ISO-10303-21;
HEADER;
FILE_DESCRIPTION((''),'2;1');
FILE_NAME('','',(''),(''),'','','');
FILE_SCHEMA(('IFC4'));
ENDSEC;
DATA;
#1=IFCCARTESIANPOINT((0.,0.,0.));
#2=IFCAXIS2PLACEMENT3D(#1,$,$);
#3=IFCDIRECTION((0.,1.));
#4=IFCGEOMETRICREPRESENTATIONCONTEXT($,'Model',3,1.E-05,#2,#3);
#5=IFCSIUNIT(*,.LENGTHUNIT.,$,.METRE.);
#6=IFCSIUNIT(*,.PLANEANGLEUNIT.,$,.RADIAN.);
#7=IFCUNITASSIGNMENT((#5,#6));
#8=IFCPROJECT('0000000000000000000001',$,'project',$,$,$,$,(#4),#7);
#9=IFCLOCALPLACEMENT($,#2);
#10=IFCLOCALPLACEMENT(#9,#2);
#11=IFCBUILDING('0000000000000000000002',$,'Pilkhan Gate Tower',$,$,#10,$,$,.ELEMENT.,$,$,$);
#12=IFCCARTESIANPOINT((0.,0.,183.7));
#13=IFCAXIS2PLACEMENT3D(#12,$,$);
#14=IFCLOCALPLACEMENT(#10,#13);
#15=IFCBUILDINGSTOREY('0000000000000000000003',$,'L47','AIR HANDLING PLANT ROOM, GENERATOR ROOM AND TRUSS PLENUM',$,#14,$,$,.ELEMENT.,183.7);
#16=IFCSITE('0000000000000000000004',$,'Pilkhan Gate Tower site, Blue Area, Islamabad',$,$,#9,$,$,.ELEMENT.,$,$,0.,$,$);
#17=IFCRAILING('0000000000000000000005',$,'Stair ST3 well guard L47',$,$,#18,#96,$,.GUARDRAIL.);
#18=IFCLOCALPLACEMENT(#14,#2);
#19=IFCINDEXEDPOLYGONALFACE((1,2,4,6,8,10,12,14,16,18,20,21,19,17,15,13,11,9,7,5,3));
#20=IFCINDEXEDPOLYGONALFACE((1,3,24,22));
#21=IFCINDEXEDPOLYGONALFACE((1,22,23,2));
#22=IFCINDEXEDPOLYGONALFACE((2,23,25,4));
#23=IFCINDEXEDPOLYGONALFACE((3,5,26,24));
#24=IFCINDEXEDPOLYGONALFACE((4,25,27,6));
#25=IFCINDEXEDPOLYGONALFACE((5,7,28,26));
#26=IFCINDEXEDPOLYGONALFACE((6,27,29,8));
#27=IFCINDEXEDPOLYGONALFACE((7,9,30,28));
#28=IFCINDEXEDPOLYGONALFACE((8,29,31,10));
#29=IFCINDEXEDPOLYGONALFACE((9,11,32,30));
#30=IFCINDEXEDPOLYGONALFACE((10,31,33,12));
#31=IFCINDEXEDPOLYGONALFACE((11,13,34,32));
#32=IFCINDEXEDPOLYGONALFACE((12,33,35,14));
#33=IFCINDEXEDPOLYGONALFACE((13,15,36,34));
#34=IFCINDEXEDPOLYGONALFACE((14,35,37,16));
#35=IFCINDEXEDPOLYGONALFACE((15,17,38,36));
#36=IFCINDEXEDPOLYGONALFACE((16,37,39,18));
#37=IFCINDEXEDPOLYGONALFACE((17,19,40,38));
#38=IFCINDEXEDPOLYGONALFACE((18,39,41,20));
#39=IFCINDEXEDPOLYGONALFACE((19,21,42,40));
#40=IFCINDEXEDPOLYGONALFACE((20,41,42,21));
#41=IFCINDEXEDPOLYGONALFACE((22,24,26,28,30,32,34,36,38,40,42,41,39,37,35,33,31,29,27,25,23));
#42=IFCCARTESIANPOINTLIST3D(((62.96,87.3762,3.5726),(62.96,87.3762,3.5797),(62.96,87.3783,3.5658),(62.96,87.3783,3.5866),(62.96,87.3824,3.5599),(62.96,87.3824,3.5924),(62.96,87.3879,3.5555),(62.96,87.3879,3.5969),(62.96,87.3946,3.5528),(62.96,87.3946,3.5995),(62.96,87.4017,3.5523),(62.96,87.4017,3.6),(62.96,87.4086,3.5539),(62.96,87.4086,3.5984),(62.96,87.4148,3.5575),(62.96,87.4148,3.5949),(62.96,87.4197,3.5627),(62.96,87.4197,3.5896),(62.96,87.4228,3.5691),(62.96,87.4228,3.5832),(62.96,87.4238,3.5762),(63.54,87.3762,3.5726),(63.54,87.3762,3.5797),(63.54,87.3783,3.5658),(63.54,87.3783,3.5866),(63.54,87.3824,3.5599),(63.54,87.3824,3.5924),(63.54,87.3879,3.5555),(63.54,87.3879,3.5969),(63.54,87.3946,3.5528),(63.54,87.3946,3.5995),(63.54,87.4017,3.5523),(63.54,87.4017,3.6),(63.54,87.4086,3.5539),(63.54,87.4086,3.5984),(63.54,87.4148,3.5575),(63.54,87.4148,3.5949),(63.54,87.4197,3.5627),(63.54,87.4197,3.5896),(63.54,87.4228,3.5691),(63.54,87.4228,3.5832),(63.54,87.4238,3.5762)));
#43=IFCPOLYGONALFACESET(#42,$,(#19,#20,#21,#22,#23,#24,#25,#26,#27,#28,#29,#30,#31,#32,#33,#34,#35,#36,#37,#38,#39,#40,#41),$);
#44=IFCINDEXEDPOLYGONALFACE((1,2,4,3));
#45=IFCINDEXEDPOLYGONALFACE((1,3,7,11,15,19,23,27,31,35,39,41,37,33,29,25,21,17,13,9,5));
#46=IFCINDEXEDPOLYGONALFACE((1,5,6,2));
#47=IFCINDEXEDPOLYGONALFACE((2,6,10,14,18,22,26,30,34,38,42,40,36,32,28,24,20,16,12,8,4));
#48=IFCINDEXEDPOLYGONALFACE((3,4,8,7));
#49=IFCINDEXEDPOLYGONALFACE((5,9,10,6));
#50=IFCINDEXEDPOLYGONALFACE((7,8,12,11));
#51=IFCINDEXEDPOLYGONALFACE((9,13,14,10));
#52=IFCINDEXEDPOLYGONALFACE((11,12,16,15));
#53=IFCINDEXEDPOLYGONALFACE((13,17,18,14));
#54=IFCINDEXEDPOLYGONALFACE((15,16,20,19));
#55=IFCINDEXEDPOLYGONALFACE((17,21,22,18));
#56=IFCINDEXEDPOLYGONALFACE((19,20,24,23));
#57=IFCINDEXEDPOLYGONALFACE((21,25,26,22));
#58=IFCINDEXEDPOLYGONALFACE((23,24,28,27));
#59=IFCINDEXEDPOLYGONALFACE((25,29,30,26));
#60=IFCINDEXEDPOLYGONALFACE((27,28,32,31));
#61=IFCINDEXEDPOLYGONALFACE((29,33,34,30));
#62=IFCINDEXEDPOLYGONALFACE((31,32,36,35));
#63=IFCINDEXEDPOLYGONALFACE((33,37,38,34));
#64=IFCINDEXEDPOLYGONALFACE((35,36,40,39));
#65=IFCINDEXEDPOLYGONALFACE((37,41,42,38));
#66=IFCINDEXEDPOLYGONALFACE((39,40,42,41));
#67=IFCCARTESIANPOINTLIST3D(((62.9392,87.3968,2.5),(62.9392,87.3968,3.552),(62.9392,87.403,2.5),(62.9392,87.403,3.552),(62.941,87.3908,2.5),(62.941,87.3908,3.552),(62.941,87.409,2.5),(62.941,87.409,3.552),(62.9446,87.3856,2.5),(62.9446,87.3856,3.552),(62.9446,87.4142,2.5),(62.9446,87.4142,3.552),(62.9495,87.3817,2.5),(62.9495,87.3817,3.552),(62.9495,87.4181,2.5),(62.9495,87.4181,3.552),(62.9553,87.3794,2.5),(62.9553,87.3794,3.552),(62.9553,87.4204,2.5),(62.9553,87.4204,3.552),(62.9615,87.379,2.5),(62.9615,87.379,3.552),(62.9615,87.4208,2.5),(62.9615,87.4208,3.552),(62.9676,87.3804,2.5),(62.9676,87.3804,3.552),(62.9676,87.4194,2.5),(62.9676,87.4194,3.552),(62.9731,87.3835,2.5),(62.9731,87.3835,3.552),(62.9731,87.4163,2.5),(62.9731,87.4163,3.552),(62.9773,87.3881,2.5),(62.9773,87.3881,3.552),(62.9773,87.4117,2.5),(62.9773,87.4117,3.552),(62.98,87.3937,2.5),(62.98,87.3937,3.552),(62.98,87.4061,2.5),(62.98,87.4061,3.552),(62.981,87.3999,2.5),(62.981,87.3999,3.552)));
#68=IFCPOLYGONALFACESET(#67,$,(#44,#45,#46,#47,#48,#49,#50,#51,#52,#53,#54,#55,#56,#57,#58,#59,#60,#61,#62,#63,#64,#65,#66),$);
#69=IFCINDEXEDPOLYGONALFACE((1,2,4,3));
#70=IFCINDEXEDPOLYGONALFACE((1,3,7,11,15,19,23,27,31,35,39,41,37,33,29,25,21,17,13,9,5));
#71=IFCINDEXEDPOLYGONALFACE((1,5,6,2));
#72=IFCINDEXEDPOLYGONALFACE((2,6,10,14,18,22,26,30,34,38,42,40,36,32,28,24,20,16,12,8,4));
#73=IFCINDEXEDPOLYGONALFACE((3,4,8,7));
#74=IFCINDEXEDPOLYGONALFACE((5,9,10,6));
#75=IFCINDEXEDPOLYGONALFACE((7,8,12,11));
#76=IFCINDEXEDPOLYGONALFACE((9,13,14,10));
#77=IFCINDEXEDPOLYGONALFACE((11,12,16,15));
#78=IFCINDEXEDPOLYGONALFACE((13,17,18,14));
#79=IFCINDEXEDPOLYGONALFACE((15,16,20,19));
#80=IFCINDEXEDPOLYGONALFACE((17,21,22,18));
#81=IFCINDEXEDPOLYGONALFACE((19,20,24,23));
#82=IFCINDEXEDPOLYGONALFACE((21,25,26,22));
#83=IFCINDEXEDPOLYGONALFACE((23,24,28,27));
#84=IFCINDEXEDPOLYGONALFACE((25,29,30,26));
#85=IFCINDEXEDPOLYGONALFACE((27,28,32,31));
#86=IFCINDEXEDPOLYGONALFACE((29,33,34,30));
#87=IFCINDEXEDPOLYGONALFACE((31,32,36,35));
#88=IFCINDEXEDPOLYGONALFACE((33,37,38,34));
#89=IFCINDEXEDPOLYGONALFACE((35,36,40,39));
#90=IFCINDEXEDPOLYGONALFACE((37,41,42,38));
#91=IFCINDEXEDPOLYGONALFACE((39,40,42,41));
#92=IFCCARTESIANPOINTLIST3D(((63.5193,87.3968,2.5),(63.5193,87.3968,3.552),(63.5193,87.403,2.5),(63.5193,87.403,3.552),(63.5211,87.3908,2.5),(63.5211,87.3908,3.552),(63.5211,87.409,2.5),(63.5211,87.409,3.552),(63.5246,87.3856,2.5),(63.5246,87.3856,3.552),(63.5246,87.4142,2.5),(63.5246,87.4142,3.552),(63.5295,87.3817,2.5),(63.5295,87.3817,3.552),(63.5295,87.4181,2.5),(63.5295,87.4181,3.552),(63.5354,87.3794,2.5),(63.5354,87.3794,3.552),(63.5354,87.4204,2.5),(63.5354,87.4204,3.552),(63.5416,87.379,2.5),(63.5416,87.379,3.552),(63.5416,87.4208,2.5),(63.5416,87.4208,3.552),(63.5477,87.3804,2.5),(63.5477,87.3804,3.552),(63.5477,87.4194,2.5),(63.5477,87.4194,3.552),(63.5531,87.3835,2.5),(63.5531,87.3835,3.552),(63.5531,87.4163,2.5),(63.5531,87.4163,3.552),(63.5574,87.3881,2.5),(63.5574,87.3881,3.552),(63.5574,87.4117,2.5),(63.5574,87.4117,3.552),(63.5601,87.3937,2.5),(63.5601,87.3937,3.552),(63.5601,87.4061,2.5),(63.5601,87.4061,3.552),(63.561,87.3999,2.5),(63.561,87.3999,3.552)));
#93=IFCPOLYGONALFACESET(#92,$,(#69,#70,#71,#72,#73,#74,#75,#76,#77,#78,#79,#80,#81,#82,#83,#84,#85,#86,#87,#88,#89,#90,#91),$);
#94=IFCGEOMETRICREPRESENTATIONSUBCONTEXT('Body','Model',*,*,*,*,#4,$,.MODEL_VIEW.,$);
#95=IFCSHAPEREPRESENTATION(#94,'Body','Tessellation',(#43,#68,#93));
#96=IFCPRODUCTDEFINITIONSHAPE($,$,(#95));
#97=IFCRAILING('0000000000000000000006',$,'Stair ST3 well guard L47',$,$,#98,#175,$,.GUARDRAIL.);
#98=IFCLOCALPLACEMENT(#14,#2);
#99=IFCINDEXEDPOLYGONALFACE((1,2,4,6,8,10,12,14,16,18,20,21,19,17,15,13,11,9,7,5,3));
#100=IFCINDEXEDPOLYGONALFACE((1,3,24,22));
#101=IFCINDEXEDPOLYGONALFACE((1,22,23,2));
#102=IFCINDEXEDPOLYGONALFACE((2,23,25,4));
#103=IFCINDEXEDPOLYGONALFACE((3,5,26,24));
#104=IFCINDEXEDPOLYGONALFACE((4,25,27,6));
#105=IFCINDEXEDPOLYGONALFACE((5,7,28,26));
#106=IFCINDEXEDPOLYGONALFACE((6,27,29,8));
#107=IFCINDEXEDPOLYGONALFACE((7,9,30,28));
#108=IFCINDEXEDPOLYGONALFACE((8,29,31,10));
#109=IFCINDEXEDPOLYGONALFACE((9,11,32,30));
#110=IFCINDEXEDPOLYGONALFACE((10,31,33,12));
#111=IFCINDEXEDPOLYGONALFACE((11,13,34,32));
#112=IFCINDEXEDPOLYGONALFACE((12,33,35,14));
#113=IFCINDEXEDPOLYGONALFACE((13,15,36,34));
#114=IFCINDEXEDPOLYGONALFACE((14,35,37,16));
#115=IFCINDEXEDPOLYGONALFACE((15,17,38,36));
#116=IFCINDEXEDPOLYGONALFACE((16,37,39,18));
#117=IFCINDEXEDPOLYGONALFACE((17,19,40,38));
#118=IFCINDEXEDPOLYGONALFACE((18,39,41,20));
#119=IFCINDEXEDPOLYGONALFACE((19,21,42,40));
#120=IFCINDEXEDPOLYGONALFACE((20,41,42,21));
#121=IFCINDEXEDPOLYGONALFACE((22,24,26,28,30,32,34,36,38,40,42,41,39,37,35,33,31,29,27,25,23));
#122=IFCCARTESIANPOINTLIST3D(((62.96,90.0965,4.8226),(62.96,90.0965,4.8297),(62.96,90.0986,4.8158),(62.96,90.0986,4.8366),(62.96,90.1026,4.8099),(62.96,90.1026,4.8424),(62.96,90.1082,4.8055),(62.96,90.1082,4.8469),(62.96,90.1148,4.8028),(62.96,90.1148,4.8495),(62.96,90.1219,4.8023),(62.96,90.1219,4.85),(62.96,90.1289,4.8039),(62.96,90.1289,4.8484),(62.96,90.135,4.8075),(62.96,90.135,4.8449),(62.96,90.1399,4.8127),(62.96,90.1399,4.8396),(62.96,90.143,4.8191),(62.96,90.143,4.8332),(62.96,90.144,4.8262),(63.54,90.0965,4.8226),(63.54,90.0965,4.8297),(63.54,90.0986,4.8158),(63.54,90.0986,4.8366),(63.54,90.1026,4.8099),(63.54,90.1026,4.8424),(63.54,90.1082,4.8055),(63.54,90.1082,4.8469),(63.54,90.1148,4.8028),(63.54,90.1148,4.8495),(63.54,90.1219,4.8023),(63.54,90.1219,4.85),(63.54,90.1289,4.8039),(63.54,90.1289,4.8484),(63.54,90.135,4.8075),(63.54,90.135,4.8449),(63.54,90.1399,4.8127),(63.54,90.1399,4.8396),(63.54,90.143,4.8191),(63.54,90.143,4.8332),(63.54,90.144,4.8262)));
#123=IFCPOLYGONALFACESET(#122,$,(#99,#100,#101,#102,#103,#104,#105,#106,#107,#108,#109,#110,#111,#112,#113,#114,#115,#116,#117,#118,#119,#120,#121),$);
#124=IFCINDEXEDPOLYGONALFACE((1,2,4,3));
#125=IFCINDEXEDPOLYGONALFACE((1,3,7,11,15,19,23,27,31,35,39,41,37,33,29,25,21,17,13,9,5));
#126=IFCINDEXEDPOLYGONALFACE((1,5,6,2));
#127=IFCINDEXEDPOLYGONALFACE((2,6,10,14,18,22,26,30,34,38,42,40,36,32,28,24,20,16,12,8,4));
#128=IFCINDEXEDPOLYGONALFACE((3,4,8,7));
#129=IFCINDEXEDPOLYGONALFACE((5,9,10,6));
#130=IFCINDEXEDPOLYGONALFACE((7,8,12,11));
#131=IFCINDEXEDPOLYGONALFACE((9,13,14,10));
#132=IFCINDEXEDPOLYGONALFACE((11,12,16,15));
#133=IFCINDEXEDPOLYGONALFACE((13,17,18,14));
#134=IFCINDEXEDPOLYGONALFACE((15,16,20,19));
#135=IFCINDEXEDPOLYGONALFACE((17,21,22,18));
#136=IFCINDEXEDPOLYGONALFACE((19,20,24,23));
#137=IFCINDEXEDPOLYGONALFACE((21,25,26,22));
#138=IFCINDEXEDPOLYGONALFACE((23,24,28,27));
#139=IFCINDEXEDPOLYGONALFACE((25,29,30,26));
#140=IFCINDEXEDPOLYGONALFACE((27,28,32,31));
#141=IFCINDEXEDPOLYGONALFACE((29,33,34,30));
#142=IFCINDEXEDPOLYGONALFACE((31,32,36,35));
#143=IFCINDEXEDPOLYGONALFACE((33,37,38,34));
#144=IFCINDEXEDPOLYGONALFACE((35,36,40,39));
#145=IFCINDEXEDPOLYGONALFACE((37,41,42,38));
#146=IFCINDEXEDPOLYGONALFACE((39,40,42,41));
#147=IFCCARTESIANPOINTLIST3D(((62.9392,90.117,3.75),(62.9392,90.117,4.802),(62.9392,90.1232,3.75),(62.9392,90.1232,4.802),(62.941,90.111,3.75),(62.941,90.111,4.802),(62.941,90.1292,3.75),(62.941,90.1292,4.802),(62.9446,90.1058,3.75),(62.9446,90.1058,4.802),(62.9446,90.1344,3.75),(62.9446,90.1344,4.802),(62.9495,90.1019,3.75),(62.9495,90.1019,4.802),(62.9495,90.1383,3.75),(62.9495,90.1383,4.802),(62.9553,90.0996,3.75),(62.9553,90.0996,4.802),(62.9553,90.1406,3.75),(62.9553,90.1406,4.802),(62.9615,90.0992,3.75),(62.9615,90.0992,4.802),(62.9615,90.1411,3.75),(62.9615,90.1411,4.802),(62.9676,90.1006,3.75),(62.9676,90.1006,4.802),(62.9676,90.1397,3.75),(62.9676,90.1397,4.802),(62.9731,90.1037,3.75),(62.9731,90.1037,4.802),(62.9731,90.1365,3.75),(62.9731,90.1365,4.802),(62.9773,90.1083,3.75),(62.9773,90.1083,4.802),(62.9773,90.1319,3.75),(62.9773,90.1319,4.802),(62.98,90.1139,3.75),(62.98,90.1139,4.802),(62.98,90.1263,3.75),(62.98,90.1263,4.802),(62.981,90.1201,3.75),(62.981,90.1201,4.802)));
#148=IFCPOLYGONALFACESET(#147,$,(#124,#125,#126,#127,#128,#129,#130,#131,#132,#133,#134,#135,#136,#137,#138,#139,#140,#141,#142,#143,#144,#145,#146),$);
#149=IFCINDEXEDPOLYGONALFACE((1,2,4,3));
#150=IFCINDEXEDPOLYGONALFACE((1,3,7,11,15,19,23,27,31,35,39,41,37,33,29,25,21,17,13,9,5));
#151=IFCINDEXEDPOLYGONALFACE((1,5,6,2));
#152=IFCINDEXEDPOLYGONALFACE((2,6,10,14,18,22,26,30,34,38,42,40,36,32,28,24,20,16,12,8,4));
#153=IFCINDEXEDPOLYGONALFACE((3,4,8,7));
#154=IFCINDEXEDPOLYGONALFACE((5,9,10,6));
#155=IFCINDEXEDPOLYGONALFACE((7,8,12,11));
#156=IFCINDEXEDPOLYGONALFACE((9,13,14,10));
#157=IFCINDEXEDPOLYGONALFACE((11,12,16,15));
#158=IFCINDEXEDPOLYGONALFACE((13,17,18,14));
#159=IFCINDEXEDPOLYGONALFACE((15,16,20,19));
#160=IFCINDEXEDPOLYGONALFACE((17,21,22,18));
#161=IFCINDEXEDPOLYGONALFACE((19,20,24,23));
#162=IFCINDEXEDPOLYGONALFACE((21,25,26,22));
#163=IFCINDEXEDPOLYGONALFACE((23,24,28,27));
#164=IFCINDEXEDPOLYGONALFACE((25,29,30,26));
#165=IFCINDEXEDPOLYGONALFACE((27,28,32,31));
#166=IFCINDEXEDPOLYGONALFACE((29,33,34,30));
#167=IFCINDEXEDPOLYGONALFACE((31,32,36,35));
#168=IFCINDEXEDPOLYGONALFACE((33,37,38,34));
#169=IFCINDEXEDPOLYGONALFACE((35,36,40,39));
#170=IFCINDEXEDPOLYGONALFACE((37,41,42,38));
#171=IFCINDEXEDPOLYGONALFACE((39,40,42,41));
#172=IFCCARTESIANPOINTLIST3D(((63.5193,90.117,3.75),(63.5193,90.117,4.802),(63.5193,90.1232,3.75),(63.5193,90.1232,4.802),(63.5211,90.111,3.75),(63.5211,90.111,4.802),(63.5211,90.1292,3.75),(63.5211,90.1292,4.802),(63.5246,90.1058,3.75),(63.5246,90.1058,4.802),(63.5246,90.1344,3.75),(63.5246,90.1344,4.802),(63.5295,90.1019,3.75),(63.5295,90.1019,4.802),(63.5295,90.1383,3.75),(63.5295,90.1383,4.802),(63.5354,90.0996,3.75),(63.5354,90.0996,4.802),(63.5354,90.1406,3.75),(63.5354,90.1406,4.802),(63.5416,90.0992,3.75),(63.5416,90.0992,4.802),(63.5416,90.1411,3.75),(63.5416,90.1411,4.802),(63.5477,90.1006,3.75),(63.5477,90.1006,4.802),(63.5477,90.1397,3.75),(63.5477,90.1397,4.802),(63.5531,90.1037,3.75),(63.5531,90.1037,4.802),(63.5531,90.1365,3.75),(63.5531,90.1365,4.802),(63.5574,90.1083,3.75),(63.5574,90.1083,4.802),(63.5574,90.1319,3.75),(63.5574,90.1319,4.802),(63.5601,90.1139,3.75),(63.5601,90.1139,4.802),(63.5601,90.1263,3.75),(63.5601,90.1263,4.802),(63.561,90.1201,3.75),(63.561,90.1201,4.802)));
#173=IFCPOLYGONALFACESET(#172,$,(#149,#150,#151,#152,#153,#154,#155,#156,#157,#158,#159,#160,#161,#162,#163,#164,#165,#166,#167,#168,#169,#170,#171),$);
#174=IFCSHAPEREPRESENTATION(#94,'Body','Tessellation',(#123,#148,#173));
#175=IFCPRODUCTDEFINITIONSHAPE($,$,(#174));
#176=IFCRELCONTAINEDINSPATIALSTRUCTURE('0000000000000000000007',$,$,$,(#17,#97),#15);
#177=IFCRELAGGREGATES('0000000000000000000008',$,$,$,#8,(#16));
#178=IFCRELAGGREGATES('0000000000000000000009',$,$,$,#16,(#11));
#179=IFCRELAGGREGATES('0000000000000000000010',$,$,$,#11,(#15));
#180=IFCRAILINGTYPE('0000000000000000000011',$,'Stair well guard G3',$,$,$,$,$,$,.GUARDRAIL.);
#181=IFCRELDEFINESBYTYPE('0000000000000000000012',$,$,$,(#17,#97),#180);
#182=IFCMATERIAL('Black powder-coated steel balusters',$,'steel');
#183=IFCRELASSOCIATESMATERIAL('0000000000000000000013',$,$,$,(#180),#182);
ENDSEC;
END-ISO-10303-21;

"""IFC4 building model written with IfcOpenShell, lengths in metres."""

from ifc_helpers import new_model, si_unit, direction, frame, origin, origin_2d, place, context, subcontext, project, spatial, circle, extrude, material, type_object, element, save


model = new_model("IFC4")

# Units and contexts
model_context = context("Model", 3, precision=1e-05, world=origin(), true_north=direction((0.0, 1.0)))
body_context = subcontext(model_context, "Body", "Model", "MODEL_VIEW")
ifc_project = project(units=[si_unit("LENGTHUNIT", "METRE"), si_unit("PLANEANGLEUNIT", "RADIAN")], contexts=[model_context])

# Site, building, storey
site_placement = place(None, origin())
site = spatial("IfcSite", under=ifc_project, at=site_placement, Name="Pilkhan Gate Tower site, Blue Area, Islamabad", CompositionType="ELEMENT", RefElevation=0.0)
building_placement = place(site_placement, origin())
building = spatial("IfcBuilding", under=site, at=building_placement, Name="Pilkhan Gate Tower", CompositionType="ELEMENT")
storey_placement = place(building_placement, frame((0.0, 0.0, 183.7)))
storey = spatial("IfcBuildingStorey", under=building, at=storey_placement, Name="L47", Description="AIR HANDLING PLANT ROOM, GENERATOR ROOM AND TRUSS PLENUM", CompositionType="ELEMENT", Elevation=183.7)

# Railings
ifc_material_1 = material(Name="Black powder-coated steel balusters", Category="steel")
railing_type_1 = type_object("IfcRailingType", Name="Stair well guard G3", PredefinedType="GUARDRAIL", material=ifc_material_1)
for number, where, name in (
    (1, (62.96, 87.3999, 2.5), "Stair ST3 well guard L47"),
    (2, (62.96, 90.1201, 3.75), "Stair ST3 well guard L47"),
):
    element("IfcRailing", number, at=place(storey_placement, frame(where)), inside=storey, type_object=railing_type_1, Name=name, PredefinedType="GUARDRAIL", context=body_context, shape_type="SweptSolid", body=[
        extrude(circle(Radius=0.0239, at=origin_2d()), frame((0.0, 0.0, 1.0762), z_axis=(1.0, 0.0, 0.0), x_axis=(0.0, 1.0, 0.0)), (0.0, 0.0, 1.0), 0.5801),
        extrude(circle(Radius=0.021, at=origin_2d()), origin(), (0.0, 0.0, 1.0), 1.052),
        extrude(circle(Radius=0.021, at=origin_2d()), frame((0.5801, 0.0, 0.0)), (0.0, 0.0, 1.0), 1.052),
    ])

save(model, "model.ifc")
